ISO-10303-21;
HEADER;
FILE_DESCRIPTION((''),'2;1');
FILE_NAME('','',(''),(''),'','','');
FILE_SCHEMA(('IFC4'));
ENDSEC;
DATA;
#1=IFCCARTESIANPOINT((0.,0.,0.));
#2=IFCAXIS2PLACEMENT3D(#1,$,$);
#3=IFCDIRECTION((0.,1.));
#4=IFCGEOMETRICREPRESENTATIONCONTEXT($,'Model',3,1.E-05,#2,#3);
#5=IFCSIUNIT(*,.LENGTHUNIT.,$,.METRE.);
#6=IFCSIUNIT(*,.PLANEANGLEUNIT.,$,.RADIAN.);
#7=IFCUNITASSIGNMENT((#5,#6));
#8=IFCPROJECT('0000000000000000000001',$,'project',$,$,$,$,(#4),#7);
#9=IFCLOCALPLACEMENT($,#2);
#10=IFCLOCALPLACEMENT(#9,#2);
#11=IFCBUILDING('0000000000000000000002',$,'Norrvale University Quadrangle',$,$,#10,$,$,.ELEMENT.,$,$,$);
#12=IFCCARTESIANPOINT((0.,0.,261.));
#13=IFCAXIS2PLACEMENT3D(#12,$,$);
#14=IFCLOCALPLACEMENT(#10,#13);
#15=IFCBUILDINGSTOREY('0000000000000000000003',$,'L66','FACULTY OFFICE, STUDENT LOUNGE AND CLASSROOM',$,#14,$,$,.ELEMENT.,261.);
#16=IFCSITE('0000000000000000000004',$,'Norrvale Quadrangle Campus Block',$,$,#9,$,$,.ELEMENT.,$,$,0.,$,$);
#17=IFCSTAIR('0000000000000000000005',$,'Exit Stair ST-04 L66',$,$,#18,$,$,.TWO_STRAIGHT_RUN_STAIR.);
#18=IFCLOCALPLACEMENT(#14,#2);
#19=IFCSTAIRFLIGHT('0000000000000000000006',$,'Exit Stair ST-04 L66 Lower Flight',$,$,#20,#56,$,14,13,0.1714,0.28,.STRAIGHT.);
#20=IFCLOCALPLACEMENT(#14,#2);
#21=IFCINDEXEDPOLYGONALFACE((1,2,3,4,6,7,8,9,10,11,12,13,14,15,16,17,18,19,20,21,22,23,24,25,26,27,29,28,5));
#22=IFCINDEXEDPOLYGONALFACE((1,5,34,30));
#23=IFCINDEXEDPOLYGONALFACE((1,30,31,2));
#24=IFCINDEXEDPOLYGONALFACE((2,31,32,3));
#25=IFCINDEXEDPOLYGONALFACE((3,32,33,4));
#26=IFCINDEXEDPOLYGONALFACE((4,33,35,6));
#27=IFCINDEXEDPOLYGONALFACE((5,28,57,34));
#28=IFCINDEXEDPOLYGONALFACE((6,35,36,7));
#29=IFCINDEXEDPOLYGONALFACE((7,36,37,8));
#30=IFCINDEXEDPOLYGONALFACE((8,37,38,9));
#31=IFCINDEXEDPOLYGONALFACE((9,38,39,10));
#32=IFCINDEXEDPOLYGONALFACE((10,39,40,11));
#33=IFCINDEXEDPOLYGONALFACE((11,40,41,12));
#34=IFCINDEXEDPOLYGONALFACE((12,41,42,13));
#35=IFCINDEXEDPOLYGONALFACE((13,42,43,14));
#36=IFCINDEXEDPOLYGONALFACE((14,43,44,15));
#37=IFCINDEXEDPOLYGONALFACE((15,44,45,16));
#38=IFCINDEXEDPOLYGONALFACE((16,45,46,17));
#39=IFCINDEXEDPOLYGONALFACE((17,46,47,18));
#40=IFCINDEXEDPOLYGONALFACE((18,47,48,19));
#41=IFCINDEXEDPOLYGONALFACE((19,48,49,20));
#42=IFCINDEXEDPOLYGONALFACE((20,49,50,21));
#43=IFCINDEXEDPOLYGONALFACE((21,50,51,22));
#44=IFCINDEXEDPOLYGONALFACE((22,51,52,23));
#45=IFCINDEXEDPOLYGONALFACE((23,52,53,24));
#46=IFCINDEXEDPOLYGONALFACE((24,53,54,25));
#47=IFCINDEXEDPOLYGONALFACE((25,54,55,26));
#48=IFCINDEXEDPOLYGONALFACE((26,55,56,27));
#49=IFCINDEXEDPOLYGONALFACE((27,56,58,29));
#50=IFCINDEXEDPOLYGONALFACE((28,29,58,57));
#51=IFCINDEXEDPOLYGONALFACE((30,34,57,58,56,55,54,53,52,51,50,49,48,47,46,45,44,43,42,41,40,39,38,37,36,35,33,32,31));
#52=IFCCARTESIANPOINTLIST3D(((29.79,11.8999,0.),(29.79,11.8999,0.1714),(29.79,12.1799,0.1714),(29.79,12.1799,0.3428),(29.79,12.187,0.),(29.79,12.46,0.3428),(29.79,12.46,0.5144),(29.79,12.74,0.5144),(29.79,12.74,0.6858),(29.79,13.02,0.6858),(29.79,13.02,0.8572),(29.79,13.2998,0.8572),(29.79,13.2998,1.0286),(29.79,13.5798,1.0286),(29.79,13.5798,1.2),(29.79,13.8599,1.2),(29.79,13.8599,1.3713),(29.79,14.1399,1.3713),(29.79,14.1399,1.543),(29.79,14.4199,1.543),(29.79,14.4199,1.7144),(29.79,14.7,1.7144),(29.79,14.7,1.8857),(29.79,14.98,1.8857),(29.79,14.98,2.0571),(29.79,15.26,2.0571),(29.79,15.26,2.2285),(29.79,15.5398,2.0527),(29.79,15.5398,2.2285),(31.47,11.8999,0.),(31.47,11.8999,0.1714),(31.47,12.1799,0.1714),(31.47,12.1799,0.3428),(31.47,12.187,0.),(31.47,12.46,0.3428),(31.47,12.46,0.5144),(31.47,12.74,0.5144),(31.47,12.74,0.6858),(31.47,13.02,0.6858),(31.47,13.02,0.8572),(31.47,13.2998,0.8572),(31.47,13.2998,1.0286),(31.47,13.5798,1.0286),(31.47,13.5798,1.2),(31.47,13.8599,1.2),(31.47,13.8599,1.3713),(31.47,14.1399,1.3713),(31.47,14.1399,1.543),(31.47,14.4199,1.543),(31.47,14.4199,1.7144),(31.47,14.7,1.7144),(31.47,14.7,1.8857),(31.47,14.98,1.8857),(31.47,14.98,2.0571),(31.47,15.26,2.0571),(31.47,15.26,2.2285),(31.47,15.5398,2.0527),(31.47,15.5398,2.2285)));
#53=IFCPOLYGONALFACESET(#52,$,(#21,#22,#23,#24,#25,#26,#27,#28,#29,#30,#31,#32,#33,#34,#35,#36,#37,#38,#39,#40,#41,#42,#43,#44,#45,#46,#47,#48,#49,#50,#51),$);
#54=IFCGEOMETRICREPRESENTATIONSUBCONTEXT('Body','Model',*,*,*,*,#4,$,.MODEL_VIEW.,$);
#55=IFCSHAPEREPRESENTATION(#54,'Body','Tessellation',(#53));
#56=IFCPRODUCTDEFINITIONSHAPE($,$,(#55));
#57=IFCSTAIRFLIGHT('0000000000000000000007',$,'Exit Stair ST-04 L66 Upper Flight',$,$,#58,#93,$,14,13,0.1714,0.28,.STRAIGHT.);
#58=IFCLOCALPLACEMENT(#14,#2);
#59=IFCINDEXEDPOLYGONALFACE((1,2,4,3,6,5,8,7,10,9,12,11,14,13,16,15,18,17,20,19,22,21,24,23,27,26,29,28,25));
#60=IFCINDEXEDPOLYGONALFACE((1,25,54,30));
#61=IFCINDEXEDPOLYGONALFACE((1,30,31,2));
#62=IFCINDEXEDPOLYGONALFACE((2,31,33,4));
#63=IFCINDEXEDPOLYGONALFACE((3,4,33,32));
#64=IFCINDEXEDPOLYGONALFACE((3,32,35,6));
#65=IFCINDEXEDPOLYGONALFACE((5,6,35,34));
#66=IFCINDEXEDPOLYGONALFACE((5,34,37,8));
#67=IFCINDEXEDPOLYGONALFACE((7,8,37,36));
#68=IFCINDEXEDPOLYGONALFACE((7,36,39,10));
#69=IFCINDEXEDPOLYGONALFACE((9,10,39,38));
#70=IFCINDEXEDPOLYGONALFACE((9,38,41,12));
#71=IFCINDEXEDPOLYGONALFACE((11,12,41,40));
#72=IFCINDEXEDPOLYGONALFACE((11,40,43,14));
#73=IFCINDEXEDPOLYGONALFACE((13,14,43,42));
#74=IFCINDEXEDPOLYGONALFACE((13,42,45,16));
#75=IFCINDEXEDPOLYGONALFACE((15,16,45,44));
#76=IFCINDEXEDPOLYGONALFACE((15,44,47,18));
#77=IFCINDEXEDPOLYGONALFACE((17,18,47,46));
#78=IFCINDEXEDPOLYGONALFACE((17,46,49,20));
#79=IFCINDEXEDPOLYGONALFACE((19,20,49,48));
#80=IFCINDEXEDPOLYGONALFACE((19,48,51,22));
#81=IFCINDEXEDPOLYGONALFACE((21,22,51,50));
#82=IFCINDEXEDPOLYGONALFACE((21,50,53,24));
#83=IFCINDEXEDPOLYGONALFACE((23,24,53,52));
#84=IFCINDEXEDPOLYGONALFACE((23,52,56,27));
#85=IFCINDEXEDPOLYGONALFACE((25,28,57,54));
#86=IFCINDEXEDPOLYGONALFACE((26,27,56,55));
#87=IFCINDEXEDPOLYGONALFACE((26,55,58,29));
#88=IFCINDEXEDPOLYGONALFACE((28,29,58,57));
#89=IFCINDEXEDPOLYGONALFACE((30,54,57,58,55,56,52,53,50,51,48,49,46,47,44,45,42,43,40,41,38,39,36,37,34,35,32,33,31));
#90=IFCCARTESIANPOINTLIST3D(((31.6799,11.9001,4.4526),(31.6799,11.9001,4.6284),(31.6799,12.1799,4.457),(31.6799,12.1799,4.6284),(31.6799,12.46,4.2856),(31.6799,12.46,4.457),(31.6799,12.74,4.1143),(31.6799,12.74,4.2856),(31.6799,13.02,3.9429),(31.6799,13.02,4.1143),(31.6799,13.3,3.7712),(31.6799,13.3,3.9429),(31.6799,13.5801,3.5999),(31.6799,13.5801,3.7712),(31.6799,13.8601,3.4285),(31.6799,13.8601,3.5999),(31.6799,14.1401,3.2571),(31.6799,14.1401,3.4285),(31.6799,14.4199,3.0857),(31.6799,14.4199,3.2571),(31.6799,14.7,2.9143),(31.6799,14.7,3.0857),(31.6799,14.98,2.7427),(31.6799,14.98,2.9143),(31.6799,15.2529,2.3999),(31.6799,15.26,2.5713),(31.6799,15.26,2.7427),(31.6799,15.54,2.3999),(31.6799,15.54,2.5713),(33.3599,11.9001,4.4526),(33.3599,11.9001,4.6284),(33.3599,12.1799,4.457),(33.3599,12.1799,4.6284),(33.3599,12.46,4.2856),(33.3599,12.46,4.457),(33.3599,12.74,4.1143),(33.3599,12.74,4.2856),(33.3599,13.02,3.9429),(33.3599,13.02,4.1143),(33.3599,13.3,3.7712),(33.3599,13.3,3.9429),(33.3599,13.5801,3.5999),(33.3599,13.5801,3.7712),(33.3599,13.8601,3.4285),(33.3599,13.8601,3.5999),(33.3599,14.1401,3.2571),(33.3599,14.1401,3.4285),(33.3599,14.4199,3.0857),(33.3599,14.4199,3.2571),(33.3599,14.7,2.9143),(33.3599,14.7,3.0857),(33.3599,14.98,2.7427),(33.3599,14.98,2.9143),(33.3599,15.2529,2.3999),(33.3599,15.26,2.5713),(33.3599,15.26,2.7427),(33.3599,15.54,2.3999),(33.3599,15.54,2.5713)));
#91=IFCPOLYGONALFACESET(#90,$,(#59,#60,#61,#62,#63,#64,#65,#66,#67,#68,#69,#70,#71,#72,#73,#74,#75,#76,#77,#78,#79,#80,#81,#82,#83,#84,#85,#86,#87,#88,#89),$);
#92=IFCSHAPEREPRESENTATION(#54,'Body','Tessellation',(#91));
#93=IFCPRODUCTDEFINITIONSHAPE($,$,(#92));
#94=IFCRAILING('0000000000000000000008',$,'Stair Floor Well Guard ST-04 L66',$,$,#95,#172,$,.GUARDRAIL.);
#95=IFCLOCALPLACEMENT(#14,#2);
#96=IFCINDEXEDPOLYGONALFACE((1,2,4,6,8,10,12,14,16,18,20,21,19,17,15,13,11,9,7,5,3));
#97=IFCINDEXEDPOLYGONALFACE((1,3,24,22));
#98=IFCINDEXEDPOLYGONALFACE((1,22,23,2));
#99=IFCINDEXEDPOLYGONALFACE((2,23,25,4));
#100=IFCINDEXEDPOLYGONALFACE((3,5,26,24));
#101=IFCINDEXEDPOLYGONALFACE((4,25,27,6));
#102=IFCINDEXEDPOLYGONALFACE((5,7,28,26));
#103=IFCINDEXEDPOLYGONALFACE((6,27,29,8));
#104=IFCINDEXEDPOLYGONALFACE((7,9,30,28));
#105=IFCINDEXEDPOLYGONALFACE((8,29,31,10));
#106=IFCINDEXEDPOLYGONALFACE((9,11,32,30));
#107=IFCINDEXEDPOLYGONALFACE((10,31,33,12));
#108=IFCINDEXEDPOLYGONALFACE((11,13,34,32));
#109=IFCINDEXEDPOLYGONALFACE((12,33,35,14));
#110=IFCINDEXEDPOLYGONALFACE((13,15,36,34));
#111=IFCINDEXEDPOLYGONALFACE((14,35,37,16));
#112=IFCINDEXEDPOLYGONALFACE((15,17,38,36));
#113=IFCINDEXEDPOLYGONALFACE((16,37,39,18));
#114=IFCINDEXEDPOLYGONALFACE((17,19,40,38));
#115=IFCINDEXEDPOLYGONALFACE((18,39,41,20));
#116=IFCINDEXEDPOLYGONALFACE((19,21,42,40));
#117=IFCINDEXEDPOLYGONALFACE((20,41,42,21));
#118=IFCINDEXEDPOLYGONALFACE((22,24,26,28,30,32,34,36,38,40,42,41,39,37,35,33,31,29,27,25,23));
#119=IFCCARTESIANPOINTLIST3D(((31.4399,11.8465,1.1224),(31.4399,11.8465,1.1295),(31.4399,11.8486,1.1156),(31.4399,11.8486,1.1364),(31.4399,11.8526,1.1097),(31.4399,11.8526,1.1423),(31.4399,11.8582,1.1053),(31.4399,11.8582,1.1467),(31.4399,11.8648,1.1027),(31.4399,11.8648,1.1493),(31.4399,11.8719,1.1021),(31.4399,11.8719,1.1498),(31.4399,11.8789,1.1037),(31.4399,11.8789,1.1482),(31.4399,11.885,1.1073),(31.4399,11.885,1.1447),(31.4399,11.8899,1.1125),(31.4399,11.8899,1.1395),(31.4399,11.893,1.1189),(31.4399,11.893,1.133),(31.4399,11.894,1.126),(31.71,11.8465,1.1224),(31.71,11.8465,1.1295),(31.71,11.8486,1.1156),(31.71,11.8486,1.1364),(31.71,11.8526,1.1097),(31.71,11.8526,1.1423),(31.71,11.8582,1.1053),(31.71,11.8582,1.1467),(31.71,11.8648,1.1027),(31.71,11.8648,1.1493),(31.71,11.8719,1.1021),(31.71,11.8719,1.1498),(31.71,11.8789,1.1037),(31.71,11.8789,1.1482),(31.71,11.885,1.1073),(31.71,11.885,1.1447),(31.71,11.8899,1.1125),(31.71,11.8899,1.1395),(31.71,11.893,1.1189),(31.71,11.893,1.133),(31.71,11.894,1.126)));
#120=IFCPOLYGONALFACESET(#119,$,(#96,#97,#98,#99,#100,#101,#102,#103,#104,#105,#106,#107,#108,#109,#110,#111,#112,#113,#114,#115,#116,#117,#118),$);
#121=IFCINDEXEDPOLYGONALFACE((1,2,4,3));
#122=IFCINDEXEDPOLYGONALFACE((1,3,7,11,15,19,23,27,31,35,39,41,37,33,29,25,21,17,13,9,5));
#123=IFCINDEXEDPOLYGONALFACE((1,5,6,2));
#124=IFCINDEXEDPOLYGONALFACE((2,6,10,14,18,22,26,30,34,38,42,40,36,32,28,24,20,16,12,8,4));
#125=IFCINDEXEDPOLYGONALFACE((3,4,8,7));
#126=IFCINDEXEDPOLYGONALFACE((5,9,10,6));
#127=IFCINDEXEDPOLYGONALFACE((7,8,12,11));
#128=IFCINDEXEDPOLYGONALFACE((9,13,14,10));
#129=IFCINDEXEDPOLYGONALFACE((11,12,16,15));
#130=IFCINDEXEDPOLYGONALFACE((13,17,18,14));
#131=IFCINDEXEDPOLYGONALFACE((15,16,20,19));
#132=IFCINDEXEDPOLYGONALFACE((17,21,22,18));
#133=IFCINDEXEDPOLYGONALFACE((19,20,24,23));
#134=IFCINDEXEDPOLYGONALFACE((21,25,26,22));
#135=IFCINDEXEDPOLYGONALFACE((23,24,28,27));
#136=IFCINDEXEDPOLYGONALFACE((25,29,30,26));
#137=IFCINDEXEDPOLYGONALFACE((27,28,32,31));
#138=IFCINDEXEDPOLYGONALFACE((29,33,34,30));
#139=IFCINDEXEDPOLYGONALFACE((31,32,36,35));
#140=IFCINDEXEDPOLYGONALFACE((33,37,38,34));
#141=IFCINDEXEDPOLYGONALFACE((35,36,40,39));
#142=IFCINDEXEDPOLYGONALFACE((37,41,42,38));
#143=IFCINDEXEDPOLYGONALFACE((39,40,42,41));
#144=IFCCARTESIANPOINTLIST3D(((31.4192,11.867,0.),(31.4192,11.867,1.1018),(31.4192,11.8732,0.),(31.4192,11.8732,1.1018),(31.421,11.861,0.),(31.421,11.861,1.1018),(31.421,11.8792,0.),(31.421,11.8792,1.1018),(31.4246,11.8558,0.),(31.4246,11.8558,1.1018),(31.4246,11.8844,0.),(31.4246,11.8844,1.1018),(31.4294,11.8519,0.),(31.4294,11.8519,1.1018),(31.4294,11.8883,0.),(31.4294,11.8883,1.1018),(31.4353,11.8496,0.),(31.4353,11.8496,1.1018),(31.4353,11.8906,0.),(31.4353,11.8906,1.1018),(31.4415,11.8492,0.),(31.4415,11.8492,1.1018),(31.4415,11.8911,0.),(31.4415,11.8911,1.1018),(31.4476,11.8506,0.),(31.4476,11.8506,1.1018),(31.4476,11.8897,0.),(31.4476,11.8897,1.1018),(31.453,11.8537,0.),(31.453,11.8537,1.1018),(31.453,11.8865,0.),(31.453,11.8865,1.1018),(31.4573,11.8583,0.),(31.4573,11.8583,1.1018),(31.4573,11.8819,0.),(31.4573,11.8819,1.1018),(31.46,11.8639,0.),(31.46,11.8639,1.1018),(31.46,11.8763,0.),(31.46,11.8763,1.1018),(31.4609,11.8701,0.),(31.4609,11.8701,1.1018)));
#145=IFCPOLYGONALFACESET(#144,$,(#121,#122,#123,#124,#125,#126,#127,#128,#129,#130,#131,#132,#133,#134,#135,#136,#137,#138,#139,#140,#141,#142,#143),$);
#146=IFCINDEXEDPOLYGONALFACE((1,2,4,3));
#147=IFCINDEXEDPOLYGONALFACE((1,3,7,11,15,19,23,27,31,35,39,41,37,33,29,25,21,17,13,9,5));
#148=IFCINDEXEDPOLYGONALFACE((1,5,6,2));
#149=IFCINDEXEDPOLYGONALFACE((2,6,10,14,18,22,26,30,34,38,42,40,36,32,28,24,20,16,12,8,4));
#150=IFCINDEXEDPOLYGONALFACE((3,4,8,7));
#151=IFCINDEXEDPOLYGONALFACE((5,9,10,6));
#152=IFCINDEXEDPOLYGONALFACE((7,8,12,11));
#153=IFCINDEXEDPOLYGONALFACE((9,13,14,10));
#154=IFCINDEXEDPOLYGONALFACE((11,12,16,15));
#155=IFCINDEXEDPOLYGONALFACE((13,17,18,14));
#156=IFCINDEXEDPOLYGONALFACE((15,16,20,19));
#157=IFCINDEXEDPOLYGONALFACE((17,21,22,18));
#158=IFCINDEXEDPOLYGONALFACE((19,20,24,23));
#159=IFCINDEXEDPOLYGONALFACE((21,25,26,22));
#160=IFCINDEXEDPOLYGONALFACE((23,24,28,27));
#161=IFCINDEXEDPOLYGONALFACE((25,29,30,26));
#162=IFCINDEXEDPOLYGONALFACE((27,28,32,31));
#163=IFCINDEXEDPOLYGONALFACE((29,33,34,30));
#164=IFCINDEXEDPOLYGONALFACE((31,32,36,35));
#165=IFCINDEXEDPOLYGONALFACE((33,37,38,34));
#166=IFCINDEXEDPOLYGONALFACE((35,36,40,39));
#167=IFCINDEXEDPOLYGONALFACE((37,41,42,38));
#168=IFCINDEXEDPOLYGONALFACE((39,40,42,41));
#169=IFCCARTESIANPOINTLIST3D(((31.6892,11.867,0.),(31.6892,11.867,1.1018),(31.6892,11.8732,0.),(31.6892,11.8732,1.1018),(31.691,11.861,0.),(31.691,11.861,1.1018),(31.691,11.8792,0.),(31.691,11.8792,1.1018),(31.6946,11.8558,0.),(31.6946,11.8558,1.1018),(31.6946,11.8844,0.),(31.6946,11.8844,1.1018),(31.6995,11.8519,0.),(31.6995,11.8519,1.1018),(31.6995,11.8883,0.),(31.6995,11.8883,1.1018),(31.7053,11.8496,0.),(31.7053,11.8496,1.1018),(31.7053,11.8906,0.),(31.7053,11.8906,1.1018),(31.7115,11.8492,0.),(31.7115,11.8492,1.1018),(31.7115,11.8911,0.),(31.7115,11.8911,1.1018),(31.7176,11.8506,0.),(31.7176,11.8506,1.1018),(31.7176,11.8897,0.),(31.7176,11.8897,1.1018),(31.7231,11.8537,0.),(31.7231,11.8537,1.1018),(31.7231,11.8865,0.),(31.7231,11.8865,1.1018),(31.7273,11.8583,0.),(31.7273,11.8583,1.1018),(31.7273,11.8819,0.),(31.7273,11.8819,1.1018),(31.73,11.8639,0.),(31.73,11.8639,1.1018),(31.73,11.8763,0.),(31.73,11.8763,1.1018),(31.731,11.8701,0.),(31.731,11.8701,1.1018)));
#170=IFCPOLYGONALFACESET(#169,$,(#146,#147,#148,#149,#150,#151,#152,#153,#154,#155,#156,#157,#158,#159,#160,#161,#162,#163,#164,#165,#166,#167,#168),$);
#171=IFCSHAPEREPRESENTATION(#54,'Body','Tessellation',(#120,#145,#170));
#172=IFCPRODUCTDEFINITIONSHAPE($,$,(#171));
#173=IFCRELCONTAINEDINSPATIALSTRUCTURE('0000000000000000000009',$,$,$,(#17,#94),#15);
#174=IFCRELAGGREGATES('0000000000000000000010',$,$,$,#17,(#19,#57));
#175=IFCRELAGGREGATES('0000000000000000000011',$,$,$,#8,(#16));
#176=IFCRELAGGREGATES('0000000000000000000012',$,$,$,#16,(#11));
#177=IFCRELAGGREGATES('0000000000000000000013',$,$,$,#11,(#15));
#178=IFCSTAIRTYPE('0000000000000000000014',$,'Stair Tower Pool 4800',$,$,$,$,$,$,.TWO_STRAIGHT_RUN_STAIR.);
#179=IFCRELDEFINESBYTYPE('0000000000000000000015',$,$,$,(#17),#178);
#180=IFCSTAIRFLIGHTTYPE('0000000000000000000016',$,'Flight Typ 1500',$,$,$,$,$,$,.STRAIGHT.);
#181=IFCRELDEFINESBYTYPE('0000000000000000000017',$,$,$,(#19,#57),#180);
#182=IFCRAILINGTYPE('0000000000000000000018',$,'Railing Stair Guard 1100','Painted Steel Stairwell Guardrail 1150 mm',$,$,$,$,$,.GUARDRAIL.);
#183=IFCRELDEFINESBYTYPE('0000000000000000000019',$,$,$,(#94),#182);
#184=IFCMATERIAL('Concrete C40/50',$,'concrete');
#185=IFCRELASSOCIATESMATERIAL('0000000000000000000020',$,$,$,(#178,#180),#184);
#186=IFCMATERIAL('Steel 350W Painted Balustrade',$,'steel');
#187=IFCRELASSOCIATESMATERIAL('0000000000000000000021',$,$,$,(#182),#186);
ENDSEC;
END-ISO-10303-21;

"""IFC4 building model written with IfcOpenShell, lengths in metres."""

from ifc_helpers import new_model, si_unit, direction, frame, origin, origin_2d, place, context, subcontext, project, spatial, polyline, circle, outline, extrude, material, type_object, element, aggregate, save


model = new_model("IFC4")

# Units and contexts
model_context = context("Model", 3, precision=1e-05, world=origin(), true_north=direction((0.0, 1.0)))
body_context = subcontext(model_context, "Body", "Model", "MODEL_VIEW")
ifc_project = project(units=[si_unit("LENGTHUNIT", "METRE"), si_unit("PLANEANGLEUNIT", "RADIAN")], contexts=[model_context])

# Site, building, storey
site_placement = place(None, origin())
site = spatial("IfcSite", under=ifc_project, at=site_placement, Name="Norrvale Quadrangle Campus Block", CompositionType="ELEMENT", RefElevation=0.0)
building_placement = place(site_placement, origin())
building = spatial("IfcBuilding", under=site, at=building_placement, Name="Norrvale University Quadrangle", CompositionType="ELEMENT")
storey_placement = place(building_placement, frame((0.0, 0.0, 261.0)))
storey = spatial("IfcBuildingStorey", under=building, at=storey_placement, Name="L66", Description="FACULTY OFFICE, STUDENT LOUNGE AND CLASSROOM", CompositionType="ELEMENT", Elevation=261.0)

# Stair, stair flights
ifc_material_1 = material(Name="Concrete C40/50", Category="concrete")
stair_type = type_object("IfcStairType", Name="Stair Tower Pool 4800", PredefinedType="TWO_STRAIGHT_RUN_STAIR", material=ifc_material_1)
stair_placement = place(storey_placement, origin())
stair = element("IfcStair", 1, at=stair_placement, inside=storey, type_object=stair_type, Name="Exit Stair ST-04 L66", PredefinedType="TWO_STRAIGHT_RUN_STAIR")
stair_flight_type = type_object("IfcStairFlightType", Name="Flight Typ 1500", PredefinedType="STRAIGHT", material=ifc_material_1)
stair_flight_1_placement = place(storey_placement, frame((30.6299, 11.8999, 0.0), z_axis=(0.0, 0.0, 1.0), x_axis=(0.0, 1.0, 0.0)))
stair_flight_1 = element("IfcStairFlight", 2, at=stair_flight_1_placement, type_object=stair_flight_type, Name="Exit Stair ST-04 L66 Lower Flight", NumberOfRisers=14, NumberOfTreads=13, PredefinedType="STRAIGHT", RiserHeight=0.1714, TreadLength=0.28, context=body_context, shape_type="SweptSolid", body=[
    extrude(outline(polyline([(0.0, 0.0), (0.0, 0.1714), (0.28, 0.1714), (0.28, 0.3428), (0.5601, 0.3428), (0.5601, 0.5144), (0.8401, 0.5144), (0.8401, 0.6858), (1.1201, 0.6858), (1.1201, 0.8572), (1.3999, 0.8572), (1.3999, 1.0286), (1.6799, 1.0286), (1.6799, 1.2), (1.96, 1.2), (1.96, 1.3713), (2.24, 1.3713), (2.24, 1.543), (2.52, 1.543), (2.52, 1.7144), (2.8, 1.7144), (2.8, 1.8857), (3.0801, 1.8857), (3.0801, 2.0571), (3.3601, 2.0571), (3.3601, 2.2285), (3.6399, 2.2285), (3.6399, 2.3999), (3.6399, 2.0527), (0.2871, 0.0), (0.0, 0.0)])), frame((0.0, 0.8398, 0.0), z_axis=(0.0, -1.0, 0.0), x_axis=(1.0, 0.0, 0.0)), (0.0, 0.0, 1.0), 1.6799),
])
stair_flight_2_placement = place(storey_placement, frame((32.52, 15.54, 2.3999), z_axis=(0.0, 0.0, 1.0), x_axis=(0.0, -1.0, 0.0)))
stair_flight_2 = element("IfcStairFlight", 3, at=stair_flight_2_placement, type_object=stair_flight_type, Name="Exit Stair ST-04 L66 Upper Flight", NumberOfRisers=14, NumberOfTreads=13, PredefinedType="STRAIGHT", RiserHeight=0.1714, TreadLength=0.28, context=body_context, shape_type="SweptSolid", body=[
    extrude(outline(polyline([(0.0, 0.0), (0.0, 0.1714), (0.28, 0.1714), (0.28, 0.3428), (0.5601, 0.3428), (0.5601, 0.5144), (0.8401, 0.5144), (0.8401, 0.6858), (1.1201, 0.6858), (1.1201, 0.8572), (1.3999, 0.8572), (1.3999, 1.0286), (1.6799, 1.0286), (1.6799, 1.2), (1.96, 1.2), (1.96, 1.3713), (2.24, 1.3713), (2.24, 1.543), (2.52, 1.543), (2.52, 1.7144), (2.8, 1.7144), (2.8, 1.8857), (3.0801, 1.8857), (3.0801, 2.0571), (3.3601, 2.0571), (3.3601, 2.2285), (3.6399, 2.2285), (3.6399, 2.3999), (3.6399, 2.0527), (0.2871, 0.0), (0.0, 0.0)])), frame((0.0, 0.8398, 0.0), z_axis=(0.0, -1.0, 0.0), x_axis=(1.0, 0.0, 0.0)), (0.0, 0.0, 1.0), 1.6799),
])
aggregate(stair, [stair_flight_1, stair_flight_2])

# Railing
ifc_material_2 = material(Name="Steel 350W Painted Balustrade", Category="steel")
railing_type_1 = type_object("IfcRailingType", Name="Railing Stair Guard 1100", Description="Painted Steel Stairwell Guardrail 1150 mm", PredefinedType="GUARDRAIL", material=ifc_material_2)
for number, where, name in (
    (4, (31.4399, 11.8701, 0.0), "Stair Floor Well Guard ST-04 L66"),
):
    element("IfcRailing", number, at=place(storey_placement, frame(where)), inside=storey, type_object=railing_type_1, Name=name, PredefinedType="GUARDRAIL", context=body_context, shape_type="SweptSolid", body=[
        extrude(circle(Radius=0.0239, at=origin_2d()), frame((0.0, 0.0, 1.126), z_axis=(1.0, 0.0, 0.0), x_axis=(0.0, 1.0, 0.0)), (0.0, 0.0, 1.0), 0.27),
        extrude(circle(Radius=0.021, at=origin_2d()), origin(), (0.0, 0.0, 1.0), 1.1018),
        extrude(circle(Radius=0.021, at=origin_2d()), frame((0.27, 0.0, 0.0)), (0.0, 0.0, 1.0), 1.1018),
    ])

save(model, "model.ifc")
